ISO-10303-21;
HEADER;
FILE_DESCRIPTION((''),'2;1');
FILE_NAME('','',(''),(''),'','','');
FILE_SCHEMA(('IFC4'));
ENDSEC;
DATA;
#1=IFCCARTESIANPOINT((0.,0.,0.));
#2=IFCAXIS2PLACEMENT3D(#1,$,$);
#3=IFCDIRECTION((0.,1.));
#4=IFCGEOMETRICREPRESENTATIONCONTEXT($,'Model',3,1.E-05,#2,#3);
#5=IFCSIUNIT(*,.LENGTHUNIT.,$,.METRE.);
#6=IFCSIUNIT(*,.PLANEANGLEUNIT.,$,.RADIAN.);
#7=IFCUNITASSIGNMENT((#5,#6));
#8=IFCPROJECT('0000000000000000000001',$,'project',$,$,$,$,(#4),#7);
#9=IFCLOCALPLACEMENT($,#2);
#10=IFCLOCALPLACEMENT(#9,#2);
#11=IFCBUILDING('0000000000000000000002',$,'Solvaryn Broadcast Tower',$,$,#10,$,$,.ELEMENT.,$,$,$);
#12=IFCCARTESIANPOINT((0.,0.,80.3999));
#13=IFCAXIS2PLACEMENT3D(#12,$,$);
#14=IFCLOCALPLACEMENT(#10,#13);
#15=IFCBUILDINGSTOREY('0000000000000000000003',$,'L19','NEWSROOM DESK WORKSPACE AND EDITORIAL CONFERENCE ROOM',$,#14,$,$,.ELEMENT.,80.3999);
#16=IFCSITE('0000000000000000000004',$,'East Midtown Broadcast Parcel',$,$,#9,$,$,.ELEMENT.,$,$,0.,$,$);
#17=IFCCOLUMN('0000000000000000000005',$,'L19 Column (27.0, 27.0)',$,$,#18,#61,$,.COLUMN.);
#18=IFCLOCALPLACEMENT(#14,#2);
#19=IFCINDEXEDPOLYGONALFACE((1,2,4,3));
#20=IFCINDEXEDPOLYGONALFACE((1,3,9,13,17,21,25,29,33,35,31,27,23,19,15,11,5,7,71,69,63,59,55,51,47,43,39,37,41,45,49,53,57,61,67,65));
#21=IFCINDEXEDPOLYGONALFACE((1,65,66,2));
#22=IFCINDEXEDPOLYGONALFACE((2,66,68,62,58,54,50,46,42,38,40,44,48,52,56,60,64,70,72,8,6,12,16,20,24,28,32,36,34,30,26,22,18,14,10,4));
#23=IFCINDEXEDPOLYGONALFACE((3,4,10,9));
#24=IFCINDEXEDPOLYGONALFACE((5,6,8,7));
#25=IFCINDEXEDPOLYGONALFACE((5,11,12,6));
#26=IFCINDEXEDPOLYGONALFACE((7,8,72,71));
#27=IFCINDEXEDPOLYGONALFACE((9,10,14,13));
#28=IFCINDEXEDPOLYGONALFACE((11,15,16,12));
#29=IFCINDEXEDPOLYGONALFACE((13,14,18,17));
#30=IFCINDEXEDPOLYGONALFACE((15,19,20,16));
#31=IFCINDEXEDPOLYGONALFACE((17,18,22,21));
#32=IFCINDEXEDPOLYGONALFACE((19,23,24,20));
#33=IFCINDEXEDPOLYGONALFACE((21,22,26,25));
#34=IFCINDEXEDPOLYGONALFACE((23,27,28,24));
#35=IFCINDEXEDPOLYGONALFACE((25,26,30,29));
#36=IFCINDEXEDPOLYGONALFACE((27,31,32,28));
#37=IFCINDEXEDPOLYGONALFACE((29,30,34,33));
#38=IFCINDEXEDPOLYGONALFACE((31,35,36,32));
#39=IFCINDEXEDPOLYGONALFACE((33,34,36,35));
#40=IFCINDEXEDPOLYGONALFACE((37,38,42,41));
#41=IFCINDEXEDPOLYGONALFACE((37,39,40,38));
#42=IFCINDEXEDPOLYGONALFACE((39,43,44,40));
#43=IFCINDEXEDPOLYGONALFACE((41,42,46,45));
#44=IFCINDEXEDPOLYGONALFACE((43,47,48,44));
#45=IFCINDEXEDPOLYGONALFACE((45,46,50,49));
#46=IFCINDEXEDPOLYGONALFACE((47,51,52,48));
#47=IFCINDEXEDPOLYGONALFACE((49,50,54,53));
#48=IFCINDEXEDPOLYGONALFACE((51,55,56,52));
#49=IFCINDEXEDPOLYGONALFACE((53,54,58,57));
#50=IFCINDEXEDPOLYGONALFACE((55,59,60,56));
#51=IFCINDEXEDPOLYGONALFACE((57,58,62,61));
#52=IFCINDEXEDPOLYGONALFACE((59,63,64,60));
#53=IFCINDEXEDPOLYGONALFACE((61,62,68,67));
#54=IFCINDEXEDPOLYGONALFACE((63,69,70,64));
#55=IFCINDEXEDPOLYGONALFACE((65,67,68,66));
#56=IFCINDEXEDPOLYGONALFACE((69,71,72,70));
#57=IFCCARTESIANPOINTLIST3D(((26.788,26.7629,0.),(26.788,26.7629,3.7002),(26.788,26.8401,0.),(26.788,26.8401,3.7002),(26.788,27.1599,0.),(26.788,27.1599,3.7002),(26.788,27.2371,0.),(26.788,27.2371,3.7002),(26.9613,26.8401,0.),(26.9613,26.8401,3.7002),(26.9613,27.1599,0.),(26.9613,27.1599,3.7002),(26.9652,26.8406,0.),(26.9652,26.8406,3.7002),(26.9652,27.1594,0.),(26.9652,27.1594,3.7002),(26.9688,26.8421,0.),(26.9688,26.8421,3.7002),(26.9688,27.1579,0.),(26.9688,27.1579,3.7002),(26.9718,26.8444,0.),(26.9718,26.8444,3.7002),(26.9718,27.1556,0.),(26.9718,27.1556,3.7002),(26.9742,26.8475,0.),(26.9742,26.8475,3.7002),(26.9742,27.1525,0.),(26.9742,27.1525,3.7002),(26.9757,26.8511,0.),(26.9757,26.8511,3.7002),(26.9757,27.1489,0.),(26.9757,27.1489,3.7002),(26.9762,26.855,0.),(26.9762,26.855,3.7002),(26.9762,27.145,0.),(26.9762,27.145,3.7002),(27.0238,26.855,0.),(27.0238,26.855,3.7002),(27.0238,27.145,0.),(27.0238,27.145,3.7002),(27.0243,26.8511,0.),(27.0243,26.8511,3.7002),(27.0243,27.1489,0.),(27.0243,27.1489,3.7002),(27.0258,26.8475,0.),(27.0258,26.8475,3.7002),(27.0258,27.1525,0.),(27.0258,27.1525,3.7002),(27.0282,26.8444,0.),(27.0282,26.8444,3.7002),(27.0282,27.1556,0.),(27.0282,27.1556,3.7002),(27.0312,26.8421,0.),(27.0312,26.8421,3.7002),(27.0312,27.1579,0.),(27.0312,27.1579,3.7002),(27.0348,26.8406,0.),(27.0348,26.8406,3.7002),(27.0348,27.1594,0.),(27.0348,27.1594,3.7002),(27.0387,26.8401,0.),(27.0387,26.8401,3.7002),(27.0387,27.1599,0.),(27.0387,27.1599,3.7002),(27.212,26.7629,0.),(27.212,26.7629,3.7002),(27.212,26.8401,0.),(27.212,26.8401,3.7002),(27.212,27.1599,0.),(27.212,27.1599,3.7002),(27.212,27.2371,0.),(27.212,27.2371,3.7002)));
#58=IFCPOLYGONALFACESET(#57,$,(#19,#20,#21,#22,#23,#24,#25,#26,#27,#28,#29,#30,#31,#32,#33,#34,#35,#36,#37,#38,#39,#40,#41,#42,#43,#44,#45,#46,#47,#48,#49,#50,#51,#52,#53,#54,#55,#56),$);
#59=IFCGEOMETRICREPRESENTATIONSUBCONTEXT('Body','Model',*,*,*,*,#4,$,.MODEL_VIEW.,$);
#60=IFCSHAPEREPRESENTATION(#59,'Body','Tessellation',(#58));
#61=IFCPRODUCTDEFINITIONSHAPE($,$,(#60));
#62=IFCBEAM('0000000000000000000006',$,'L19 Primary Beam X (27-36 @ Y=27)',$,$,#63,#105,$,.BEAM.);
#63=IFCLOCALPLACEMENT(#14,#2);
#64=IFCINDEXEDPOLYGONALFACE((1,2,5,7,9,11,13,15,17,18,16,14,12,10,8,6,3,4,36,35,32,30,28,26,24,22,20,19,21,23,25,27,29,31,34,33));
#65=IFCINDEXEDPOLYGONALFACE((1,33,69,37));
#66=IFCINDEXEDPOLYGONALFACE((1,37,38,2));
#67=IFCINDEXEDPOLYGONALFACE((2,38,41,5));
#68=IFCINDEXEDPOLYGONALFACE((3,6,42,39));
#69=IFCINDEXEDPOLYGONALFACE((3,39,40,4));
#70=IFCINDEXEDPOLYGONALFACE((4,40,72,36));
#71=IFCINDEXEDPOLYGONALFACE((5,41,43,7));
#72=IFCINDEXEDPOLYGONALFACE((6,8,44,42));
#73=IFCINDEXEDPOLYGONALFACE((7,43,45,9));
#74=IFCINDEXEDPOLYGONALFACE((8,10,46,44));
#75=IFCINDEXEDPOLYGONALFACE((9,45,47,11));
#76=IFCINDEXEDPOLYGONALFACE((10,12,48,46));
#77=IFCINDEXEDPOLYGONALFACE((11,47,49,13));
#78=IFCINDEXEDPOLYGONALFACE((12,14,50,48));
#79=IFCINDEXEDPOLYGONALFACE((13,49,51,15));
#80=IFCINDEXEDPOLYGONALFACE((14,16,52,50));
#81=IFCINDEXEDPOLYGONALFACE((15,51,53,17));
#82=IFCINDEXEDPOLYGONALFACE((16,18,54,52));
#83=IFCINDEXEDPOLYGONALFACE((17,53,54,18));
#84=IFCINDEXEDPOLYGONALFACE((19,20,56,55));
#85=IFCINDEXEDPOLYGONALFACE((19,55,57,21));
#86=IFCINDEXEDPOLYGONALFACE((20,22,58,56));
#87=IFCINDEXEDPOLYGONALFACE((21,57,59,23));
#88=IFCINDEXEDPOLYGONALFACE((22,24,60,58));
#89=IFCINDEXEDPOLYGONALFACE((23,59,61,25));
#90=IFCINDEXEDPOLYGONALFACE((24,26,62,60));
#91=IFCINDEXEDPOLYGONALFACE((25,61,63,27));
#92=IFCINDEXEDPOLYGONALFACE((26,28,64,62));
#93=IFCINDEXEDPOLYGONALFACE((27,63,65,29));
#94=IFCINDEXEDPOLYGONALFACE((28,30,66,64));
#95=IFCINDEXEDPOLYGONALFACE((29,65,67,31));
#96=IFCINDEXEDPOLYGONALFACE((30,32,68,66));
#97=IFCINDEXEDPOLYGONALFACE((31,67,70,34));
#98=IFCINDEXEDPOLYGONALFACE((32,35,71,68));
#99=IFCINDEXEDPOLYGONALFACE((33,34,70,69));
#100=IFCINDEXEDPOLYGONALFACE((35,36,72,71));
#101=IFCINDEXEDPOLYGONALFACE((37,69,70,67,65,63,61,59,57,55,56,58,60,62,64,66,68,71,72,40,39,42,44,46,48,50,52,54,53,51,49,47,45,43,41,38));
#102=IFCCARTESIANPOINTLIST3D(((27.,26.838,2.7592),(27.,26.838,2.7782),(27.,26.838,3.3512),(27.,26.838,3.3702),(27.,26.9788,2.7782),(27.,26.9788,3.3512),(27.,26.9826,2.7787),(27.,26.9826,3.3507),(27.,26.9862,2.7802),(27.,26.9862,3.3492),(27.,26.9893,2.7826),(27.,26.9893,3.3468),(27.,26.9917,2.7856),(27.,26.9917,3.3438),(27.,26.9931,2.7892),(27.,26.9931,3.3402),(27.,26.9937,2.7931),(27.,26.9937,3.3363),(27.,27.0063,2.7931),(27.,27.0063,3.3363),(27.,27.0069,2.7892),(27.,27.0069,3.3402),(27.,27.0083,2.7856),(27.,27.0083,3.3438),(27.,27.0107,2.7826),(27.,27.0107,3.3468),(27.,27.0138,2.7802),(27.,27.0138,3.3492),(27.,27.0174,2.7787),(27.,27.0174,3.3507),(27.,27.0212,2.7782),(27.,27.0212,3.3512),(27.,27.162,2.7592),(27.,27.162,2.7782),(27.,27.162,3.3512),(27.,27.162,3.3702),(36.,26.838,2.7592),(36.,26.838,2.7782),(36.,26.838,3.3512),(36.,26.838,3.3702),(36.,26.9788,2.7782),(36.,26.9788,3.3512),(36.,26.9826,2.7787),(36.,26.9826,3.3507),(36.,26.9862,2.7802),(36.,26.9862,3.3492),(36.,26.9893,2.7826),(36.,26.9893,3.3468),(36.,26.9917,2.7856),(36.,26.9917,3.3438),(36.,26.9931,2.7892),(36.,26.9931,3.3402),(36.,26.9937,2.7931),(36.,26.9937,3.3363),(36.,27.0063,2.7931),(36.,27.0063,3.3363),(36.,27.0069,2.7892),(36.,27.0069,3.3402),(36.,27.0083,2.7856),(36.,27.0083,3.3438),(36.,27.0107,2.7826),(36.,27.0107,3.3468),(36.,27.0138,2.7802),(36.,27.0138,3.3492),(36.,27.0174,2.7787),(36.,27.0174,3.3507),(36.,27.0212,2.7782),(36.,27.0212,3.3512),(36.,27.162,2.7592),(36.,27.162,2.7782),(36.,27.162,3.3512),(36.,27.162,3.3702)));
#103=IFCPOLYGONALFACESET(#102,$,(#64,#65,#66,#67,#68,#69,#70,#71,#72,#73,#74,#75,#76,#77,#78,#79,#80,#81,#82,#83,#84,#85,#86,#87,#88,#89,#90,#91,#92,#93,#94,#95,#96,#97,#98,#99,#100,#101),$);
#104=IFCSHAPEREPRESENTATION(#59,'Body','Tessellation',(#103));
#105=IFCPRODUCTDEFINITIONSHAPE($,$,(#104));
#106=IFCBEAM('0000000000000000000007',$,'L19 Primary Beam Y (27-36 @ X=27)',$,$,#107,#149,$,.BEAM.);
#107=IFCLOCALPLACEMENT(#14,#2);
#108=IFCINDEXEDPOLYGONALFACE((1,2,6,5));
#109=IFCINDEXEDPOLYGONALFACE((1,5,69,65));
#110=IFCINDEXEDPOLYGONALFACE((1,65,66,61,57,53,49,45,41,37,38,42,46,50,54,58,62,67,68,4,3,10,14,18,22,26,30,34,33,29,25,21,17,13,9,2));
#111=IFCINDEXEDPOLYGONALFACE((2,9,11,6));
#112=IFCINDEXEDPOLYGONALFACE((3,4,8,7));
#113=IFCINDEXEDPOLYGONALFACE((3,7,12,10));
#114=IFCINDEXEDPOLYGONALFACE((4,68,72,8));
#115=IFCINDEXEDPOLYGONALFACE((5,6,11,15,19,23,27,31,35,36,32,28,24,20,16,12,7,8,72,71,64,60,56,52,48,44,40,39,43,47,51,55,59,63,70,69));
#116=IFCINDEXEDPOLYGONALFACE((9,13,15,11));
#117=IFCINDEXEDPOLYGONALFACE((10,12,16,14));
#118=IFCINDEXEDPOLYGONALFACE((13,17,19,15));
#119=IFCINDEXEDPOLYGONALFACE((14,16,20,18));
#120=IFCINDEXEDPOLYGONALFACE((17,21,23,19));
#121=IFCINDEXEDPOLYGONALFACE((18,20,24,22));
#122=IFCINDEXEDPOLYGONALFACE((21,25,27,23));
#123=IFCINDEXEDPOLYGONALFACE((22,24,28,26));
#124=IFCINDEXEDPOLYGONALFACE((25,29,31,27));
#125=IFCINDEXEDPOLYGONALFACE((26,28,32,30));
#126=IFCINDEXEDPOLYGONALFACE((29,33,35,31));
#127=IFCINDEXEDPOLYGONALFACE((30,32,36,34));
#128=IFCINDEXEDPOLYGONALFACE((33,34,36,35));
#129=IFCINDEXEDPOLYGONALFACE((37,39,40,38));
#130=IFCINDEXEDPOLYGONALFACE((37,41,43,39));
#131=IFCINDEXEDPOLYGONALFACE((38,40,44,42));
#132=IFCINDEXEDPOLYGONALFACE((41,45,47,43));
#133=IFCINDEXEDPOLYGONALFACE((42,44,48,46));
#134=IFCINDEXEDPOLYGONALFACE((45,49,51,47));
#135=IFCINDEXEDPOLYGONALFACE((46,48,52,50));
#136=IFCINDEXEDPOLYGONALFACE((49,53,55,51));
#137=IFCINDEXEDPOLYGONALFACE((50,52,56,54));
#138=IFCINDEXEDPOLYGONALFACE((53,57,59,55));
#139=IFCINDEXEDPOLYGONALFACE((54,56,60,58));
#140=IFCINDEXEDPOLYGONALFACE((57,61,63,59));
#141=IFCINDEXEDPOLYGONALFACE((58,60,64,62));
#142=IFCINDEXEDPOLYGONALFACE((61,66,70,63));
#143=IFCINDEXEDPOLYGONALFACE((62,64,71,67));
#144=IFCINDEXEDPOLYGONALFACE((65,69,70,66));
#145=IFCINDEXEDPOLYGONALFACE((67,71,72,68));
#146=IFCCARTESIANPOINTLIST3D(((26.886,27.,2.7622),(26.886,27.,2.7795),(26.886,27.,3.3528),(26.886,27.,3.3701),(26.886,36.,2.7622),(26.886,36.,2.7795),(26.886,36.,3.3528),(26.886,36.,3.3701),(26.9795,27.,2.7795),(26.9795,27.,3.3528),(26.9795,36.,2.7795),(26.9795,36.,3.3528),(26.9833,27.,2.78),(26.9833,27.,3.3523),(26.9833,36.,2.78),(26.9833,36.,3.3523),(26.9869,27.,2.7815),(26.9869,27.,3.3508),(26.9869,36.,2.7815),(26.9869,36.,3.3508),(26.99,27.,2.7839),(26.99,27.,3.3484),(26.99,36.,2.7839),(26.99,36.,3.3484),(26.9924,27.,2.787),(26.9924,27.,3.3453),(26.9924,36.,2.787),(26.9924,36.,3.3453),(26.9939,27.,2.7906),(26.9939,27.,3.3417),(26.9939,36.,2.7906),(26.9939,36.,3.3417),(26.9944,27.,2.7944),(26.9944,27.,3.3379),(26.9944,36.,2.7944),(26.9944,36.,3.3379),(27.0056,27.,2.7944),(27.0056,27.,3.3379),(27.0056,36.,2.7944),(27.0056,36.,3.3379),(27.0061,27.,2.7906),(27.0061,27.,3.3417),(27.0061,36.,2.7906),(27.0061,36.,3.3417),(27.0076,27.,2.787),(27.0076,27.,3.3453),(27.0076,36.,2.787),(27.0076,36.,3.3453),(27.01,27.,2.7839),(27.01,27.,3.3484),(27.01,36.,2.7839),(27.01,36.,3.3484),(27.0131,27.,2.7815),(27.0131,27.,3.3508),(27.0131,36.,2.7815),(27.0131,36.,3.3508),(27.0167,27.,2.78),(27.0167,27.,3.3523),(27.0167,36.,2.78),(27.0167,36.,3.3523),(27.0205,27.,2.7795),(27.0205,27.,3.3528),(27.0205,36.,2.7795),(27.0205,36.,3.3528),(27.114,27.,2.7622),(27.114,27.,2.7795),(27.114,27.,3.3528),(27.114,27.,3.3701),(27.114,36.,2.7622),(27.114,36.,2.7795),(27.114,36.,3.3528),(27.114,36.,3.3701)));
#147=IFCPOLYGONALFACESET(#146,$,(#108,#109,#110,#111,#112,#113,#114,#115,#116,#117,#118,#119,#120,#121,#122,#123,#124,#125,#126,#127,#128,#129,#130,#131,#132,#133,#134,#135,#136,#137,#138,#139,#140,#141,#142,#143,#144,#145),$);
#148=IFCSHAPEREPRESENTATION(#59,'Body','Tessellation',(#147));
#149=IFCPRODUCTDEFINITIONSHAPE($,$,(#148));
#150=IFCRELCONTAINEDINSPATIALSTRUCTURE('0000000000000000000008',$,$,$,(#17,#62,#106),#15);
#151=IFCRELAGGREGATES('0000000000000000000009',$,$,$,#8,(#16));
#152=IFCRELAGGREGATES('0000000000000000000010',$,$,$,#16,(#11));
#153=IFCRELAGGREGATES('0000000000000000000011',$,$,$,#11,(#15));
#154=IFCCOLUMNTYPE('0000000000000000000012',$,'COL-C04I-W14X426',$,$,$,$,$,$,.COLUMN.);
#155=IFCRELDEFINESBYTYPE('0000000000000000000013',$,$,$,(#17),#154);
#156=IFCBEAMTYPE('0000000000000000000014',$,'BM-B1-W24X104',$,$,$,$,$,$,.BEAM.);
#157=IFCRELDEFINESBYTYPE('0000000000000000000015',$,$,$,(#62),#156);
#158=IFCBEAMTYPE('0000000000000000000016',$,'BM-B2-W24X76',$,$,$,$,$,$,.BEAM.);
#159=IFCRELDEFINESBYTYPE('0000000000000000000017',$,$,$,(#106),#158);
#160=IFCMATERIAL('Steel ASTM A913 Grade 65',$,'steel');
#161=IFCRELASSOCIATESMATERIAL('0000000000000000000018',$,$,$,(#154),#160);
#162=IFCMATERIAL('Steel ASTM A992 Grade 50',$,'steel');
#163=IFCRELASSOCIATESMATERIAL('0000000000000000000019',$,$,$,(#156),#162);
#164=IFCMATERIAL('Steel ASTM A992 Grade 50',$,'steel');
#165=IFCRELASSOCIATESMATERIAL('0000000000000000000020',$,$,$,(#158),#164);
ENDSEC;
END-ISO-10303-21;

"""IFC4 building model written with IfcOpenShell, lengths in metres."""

from ifc_helpers import new_model, si_unit, direction, frame, origin, origin_2d, place, context, subcontext, project, spatial, i_section, extrude, material, material_profile, profile_set, type_object, element, save


model = new_model("IFC4")

# Units and contexts
model_context = context("Model", 3, precision=1e-05, world=origin(), true_north=direction((0.0, 1.0)))
body_context = subcontext(model_context, "Body", "Model", "MODEL_VIEW")
ifc_project = project(units=[si_unit("LENGTHUNIT", "METRE"), si_unit("PLANEANGLEUNIT", "RADIAN")], contexts=[model_context])

# Site, building, storey
site_placement = place(None, origin())
site = spatial("IfcSite", under=ifc_project, at=site_placement, Name="East Midtown Broadcast Parcel", CompositionType="ELEMENT", RefElevation=0.0)
building_placement = place(site_placement, origin())
building = spatial("IfcBuilding", under=site, at=building_placement, Name="Solvaryn Broadcast Tower", CompositionType="ELEMENT")
storey_placement = place(building_placement, frame((0.0, 0.0, 80.3999)))
storey = spatial("IfcBuildingStorey", under=building, at=storey_placement, Name="L19", Description="NEWSROOM DESK WORKSPACE AND EDITORIAL CONFERENCE ROOM", CompositionType="ELEMENT", Elevation=80.3999)

# Column
ifc_material_1 = material(Name="Steel ASTM A913 Grade 65", Category="steel")
ifc_material_profile_1 = material_profile(ifc_material_1, i_section(OverallWidth=0.4241, OverallDepth=0.4741, WebThickness=0.0476, FlangeThickness=0.0771, FilletRadius=0.0149, at=origin_2d()))
ifc_profile_set_1 = profile_set([ifc_material_profile_1], Name="Steel ASTM A913 Grade 65")
column_type = type_object("IfcColumnType", Name="COL-C04I-W14X426", PredefinedType="COLUMN", material=ifc_profile_set_1)
column_placement = place(storey_placement, frame((27.0, 27.0, 0.0), z_axis=(0.0, 0.0, 1.0), x_axis=(1.0, 0.0, 0.0)))
element("IfcColumn", 1, at=column_placement, inside=storey, type_object=column_type, Name="L19 Column (27.0, 27.0)", PredefinedType="COLUMN", context=body_context, shape_type="SweptSolid", body=[
    extrude(i_section(OverallWidth=0.4241, OverallDepth=0.4741, WebThickness=0.0476, FlangeThickness=0.0771, FilletRadius=0.0149, at=origin_2d()), origin(), (0.0, 0.0, 1.0), 3.7002),
])

# Beams
ifc_material_2 = material(Name="Steel ASTM A992 Grade 50", Category="steel")
ifc_material_profile_2 = material_profile(ifc_material_2, i_section(OverallWidth=0.324, OverallDepth=0.6111, WebThickness=0.0127, FlangeThickness=0.019, FilletRadius=0.0149, at=origin_2d()))
ifc_profile_set_2 = profile_set([ifc_material_profile_2], Name="Steel ASTM A992 Grade 50")
beam_type_1 = type_object("IfcBeamType", Name="BM-B1-W24X104", PredefinedType="BEAM", material=ifc_profile_set_2)
beam_1_placement = place(storey_placement, frame((27.0, 27.0, 3.0647), z_axis=(1.0, 0.0, 0.0), x_axis=(0.0, 1.0, 0.0)))
element("IfcBeam", 2, at=beam_1_placement, inside=storey, type_object=beam_type_1, Name="L19 Primary Beam X (27-36 @ Y=27)", PredefinedType="BEAM", context=body_context, shape_type="SweptSolid", body=[
    extrude(i_section(OverallWidth=0.324, OverallDepth=0.6111, WebThickness=0.0127, FlangeThickness=0.019, FilletRadius=0.0149, at=origin_2d()), origin(), (0.0, 0.0, 1.0), 9.0),
])
ifc_material_3 = material(Name="Steel ASTM A992 Grade 50", Category="steel")
ifc_material_profile_3 = material_profile(ifc_material_3, i_section(OverallWidth=0.228, OverallDepth=0.6079, WebThickness=0.0112, FlangeThickness=0.0173, FilletRadius=0.0149, at=origin_2d()))
ifc_profile_set_3 = profile_set([ifc_material_profile_3], Name="Steel ASTM A992 Grade 50")
beam_type_2 = type_object("IfcBeamType", Name="BM-B2-W24X76", PredefinedType="BEAM", material=ifc_profile_set_3)
beam_2_placement = place(storey_placement, frame((27.0, 27.0, 3.0662), z_axis=(0.0, 1.0, 0.0), x_axis=(-1.0, 0.0, 0.0)))
element("IfcBeam", 3, at=beam_2_placement, inside=storey, type_object=beam_type_2, Name="L19 Primary Beam Y (27-36 @ X=27)", PredefinedType="BEAM", context=body_context, shape_type="SweptSolid", body=[
    extrude(i_section(OverallWidth=0.228, OverallDepth=0.6079, WebThickness=0.0112, FlangeThickness=0.0173, FilletRadius=0.0149, at=origin_2d()), origin(), (0.0, 0.0, 1.0), 9.0),
])

save(model, "model.ifc")
